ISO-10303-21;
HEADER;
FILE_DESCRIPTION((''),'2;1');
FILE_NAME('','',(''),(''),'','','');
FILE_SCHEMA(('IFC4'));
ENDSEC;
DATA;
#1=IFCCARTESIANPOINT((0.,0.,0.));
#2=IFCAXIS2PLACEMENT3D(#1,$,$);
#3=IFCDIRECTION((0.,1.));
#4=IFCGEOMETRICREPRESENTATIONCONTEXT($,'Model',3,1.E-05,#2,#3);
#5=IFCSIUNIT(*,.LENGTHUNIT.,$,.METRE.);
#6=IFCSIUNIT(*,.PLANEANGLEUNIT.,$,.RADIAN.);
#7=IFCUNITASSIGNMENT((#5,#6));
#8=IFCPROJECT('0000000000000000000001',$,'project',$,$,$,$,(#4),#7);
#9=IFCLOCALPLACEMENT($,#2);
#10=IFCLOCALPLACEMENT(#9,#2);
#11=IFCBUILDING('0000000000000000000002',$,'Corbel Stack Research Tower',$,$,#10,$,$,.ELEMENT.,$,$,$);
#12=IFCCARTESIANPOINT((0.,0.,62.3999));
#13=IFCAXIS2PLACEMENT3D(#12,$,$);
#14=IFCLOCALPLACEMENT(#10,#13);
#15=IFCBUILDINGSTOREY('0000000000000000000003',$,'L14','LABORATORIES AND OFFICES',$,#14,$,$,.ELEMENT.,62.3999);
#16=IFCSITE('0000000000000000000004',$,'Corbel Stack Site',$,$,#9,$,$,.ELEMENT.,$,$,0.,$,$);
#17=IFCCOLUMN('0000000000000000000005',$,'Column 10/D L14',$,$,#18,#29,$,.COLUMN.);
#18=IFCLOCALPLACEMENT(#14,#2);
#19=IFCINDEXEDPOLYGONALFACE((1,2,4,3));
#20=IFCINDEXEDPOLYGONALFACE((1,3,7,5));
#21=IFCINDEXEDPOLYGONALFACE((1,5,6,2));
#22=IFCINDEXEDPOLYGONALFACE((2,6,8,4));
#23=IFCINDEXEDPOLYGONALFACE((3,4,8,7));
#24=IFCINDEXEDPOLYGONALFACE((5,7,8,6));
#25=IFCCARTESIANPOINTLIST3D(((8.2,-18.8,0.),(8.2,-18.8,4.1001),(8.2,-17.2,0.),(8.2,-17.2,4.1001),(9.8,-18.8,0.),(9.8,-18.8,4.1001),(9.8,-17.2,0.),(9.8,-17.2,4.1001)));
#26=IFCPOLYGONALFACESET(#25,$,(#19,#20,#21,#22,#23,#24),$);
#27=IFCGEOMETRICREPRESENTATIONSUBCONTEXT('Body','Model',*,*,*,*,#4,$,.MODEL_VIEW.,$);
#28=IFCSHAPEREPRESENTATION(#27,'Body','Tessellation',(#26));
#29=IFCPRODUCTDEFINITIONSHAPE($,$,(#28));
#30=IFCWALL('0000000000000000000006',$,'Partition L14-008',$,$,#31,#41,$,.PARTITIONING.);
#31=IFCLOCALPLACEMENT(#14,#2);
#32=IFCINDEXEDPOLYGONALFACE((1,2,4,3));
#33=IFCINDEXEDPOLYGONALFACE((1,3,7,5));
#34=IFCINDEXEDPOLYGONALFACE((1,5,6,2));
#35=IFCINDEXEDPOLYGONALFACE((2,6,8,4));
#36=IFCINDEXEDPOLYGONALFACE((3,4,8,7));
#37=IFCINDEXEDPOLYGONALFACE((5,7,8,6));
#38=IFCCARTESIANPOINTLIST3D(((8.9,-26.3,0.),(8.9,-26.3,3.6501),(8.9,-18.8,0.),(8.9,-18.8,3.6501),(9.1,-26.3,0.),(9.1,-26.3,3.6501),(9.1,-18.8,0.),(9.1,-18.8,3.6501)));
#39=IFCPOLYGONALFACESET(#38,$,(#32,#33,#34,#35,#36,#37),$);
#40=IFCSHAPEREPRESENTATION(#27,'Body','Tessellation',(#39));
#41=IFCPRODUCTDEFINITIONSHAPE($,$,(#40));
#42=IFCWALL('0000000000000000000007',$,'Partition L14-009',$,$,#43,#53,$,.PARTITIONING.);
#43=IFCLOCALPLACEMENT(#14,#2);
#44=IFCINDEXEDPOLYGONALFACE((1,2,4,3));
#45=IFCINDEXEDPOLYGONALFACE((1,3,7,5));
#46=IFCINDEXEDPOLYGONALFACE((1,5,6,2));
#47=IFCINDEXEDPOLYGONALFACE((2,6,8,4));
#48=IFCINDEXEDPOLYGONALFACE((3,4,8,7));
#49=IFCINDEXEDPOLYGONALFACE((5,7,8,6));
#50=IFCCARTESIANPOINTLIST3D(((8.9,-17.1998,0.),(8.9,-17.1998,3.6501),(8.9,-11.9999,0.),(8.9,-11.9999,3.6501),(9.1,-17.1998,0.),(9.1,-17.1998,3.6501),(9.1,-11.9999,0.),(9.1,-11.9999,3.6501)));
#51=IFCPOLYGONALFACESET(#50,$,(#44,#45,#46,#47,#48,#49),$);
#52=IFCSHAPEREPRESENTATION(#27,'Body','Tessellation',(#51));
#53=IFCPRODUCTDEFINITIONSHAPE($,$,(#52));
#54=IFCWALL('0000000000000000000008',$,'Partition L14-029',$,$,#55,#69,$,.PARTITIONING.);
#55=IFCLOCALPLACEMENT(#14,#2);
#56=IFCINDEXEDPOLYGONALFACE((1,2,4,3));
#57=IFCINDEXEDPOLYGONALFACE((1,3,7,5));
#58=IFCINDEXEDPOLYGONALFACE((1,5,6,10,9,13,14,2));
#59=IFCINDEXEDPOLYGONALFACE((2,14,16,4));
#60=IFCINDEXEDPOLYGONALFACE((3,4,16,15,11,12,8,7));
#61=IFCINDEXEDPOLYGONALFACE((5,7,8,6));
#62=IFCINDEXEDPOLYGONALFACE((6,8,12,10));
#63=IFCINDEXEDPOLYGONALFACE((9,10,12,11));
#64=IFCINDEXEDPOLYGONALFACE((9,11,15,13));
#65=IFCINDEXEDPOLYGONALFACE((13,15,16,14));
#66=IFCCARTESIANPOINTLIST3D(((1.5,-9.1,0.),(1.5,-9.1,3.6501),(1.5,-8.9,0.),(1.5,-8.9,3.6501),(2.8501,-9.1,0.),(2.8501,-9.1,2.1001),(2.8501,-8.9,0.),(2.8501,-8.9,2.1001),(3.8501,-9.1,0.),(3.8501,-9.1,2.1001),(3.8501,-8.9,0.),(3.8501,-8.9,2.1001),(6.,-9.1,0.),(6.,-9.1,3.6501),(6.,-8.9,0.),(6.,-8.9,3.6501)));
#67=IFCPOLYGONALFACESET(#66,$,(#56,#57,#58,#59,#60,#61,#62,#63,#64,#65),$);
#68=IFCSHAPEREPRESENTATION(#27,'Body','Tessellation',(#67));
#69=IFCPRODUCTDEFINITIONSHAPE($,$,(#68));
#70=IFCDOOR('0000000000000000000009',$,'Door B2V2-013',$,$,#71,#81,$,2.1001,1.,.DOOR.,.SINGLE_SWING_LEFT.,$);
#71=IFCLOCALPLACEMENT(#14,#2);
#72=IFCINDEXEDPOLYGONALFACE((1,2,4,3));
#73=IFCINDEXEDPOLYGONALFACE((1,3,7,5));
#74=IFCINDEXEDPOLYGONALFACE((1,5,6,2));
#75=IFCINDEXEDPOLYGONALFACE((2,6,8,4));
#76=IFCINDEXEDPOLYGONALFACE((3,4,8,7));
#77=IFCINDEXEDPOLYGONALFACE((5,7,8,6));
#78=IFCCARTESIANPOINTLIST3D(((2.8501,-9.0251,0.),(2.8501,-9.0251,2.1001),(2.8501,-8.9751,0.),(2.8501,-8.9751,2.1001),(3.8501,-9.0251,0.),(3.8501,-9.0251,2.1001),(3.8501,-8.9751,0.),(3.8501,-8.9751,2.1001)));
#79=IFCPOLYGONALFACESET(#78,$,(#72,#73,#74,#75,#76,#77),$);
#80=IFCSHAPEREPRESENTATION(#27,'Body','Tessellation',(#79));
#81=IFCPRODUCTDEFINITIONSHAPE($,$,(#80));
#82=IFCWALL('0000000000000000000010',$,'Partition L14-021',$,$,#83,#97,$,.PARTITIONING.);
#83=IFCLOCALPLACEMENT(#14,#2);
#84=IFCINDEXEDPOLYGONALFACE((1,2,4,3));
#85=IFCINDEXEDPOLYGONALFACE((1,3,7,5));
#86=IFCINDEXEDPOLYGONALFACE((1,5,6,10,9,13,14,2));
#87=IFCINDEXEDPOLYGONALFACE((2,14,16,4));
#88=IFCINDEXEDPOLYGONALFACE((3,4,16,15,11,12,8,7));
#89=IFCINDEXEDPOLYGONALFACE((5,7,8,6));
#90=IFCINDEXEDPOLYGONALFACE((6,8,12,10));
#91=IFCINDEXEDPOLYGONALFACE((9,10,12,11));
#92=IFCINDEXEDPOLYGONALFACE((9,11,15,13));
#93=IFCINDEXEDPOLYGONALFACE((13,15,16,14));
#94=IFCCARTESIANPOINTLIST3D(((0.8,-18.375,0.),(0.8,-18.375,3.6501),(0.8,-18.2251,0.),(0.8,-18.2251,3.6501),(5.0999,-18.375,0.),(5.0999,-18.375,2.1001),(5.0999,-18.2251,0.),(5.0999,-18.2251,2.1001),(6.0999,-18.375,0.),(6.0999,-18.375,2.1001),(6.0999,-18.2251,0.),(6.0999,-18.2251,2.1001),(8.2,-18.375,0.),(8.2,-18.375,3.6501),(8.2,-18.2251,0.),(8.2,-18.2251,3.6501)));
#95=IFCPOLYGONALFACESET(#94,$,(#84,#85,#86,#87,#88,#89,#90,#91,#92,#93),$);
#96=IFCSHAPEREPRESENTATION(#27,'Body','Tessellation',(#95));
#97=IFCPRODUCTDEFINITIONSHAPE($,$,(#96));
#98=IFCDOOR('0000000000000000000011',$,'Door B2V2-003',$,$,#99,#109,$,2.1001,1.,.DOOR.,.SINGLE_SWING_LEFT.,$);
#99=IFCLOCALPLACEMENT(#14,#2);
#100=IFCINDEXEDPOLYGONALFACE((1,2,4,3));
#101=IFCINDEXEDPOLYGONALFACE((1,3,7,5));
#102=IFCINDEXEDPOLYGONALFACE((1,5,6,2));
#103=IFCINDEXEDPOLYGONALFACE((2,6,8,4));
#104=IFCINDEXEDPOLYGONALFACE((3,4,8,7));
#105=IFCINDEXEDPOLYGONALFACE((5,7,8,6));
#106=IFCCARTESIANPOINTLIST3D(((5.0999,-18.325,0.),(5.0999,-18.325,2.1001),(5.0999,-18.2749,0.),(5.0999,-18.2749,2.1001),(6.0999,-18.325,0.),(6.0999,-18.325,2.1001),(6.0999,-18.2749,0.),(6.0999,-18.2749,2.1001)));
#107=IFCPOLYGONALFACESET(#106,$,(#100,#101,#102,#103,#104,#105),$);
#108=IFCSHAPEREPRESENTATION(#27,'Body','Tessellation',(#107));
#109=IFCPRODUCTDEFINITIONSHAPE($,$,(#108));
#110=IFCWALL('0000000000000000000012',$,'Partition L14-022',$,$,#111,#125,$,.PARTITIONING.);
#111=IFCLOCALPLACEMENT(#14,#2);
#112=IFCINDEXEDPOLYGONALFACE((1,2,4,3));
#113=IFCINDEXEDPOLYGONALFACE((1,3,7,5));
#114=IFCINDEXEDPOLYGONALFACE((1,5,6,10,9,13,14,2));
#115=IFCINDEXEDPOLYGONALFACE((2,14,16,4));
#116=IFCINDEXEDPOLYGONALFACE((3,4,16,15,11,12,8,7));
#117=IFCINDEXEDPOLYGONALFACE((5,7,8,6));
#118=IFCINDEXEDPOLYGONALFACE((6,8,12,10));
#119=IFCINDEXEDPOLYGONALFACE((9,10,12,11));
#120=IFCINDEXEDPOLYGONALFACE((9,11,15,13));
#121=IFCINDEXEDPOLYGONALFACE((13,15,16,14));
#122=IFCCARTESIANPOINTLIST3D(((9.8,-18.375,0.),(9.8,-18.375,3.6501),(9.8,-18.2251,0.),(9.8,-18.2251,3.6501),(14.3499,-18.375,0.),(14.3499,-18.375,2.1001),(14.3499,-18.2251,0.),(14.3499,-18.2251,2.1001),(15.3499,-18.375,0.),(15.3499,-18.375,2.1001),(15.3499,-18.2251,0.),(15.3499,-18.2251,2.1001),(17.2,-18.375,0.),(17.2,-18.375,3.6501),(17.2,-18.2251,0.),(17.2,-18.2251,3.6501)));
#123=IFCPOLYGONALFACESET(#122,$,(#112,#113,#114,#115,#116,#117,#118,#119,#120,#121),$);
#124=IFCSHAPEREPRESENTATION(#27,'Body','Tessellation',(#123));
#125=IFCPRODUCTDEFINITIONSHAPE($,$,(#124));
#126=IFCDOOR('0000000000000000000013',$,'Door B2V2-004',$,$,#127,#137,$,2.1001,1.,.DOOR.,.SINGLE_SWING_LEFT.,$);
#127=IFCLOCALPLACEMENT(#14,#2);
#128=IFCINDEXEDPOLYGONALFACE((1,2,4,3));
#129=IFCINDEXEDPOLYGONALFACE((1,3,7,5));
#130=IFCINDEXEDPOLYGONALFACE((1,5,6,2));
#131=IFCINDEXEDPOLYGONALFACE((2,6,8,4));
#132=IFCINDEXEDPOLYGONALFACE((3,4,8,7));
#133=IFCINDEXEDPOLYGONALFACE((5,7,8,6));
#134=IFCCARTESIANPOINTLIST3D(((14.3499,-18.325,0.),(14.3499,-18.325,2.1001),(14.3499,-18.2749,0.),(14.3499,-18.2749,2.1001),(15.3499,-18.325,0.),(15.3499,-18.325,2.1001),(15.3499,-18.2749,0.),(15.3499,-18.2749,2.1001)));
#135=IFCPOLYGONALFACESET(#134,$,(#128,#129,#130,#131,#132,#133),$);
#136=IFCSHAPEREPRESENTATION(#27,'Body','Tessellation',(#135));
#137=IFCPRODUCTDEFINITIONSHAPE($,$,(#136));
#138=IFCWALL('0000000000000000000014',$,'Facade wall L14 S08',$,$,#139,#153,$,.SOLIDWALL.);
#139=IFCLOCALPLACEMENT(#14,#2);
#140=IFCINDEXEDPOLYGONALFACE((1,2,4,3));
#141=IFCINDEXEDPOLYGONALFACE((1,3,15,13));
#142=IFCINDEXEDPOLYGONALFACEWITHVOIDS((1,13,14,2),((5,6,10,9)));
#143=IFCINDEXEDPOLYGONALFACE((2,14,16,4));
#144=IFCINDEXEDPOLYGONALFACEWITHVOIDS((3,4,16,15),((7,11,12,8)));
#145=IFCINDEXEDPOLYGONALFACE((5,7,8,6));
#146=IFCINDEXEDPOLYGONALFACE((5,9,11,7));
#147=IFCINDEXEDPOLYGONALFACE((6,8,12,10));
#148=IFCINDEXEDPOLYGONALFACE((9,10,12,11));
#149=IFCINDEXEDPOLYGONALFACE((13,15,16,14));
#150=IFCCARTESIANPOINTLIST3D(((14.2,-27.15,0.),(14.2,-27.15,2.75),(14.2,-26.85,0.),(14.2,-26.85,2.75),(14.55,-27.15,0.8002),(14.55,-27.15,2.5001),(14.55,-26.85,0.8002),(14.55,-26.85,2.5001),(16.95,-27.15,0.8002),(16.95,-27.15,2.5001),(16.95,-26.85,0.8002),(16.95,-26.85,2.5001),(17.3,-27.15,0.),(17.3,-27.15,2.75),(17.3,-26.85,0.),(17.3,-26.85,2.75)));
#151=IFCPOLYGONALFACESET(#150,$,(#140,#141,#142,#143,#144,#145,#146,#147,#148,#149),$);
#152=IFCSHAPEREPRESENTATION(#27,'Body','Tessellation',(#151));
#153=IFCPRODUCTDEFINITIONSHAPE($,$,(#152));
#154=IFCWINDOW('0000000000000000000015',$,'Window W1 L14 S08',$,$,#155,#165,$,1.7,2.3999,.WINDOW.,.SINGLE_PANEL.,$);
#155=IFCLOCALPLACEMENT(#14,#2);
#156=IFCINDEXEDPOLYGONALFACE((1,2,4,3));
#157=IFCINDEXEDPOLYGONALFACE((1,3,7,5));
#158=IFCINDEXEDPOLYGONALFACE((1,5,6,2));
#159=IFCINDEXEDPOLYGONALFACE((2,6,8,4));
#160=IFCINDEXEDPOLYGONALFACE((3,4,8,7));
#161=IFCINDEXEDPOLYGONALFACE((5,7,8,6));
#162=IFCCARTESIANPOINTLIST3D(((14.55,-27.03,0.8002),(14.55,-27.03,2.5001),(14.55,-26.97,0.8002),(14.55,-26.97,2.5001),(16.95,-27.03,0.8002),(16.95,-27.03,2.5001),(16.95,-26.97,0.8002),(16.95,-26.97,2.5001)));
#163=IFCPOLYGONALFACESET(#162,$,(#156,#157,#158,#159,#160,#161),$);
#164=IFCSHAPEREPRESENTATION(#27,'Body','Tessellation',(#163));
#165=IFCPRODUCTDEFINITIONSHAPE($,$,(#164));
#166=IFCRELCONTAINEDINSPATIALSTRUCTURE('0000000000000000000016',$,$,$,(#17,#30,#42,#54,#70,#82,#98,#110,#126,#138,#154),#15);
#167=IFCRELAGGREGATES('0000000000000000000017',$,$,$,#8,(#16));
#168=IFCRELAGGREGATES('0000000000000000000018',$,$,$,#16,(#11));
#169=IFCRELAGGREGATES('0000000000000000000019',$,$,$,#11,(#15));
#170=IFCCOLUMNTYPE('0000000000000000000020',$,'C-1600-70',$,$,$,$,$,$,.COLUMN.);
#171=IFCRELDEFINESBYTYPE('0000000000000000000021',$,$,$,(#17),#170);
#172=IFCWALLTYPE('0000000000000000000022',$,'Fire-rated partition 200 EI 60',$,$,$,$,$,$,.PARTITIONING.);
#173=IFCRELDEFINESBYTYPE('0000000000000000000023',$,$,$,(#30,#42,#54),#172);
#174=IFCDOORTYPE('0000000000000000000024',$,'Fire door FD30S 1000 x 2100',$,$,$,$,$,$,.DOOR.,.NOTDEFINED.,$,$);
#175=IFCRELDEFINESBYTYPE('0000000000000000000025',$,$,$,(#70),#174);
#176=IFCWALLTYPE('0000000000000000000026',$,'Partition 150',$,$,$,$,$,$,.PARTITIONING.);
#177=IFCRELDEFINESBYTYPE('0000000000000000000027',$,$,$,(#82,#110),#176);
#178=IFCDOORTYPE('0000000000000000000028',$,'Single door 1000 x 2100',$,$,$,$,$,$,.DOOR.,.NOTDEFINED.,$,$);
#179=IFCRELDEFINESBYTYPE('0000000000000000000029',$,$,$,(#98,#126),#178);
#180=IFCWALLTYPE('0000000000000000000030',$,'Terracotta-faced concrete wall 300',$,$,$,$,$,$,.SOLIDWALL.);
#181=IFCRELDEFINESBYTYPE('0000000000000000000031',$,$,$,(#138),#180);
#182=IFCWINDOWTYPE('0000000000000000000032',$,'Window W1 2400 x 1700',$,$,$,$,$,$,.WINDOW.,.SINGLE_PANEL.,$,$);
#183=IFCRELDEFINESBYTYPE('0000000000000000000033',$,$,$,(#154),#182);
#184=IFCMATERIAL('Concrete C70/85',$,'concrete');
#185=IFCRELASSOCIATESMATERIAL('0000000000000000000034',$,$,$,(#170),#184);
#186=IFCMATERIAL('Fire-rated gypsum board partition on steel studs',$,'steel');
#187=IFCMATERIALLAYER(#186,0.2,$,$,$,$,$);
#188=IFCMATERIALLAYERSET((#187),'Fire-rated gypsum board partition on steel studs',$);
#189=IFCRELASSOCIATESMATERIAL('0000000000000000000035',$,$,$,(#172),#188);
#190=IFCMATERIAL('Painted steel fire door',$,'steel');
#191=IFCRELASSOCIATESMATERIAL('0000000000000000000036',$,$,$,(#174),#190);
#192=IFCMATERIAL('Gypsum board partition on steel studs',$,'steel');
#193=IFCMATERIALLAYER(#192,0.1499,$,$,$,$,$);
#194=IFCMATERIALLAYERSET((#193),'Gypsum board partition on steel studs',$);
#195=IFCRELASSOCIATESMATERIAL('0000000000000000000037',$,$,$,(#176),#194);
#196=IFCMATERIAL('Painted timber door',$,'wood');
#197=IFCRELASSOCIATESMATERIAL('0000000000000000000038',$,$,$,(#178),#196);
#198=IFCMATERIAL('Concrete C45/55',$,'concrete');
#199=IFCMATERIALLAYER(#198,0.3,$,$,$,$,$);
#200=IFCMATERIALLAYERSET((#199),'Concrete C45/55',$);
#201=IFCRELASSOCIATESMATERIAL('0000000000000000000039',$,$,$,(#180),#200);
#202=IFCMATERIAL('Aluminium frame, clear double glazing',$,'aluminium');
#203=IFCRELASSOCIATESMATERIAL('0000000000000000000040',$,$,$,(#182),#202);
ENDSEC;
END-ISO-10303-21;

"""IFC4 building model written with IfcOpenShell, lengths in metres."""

from ifc_helpers import new_model, si_unit, direction, frame, frame_2d, origin, origin_2d, place, context, subcontext, project, spatial, rectangle, extrude, material, layer, layer_set, material_profile, profile_set, type_object, element, fill, save


model = new_model("IFC4")

# Units and contexts
model_context = context("Model", 3, precision=1e-05, world=origin(), true_north=direction((0.0, 1.0)))
body_context = subcontext(model_context, "Body", "Model", "MODEL_VIEW")
ifc_project = project(units=[si_unit("LENGTHUNIT", "METRE"), si_unit("PLANEANGLEUNIT", "RADIAN")], contexts=[model_context])

# Site, building, storey
site_placement = place(None, origin())
site = spatial("IfcSite", under=ifc_project, at=site_placement, Name="Corbel Stack Site", CompositionType="ELEMENT", RefElevation=0.0)
building_placement = place(site_placement, origin())
building = spatial("IfcBuilding", under=site, at=building_placement, Name="Corbel Stack Research Tower", CompositionType="ELEMENT")
storey_placement = place(building_placement, frame((0.0, 0.0, 62.3999)))
storey = spatial("IfcBuildingStorey", under=building, at=storey_placement, Name="L14", Description="LABORATORIES AND OFFICES", CompositionType="ELEMENT", Elevation=62.3999)

# Column
ifc_material_1 = material(Name="Concrete C70/85", Category="concrete")
ifc_material_profile = material_profile(ifc_material_1, rectangle(XDim=1.6001, YDim=1.6001, at=origin_2d()), Name="RC 1600 x 1600")
ifc_profile_set = profile_set([ifc_material_profile], Name="Concrete C70/85")
column_type = type_object("IfcColumnType", Name="C-1600-70", PredefinedType="COLUMN", material=ifc_profile_set)
column_placement = place(storey_placement, frame((9.0, -18.0, 0.0), z_axis=(0.0, 0.0, 1.0), x_axis=(1.0, 0.0, 0.0)))
element("IfcColumn", 1, at=column_placement, inside=storey, type_object=column_type, Name="Column 10/D L14", PredefinedType="COLUMN", context=body_context, shape_type="SweptSolid", body=[
    extrude(rectangle(XDim=1.6001, YDim=1.6001, at=origin_2d()), origin(), (0.0, 0.0, 1.0), 4.1001),
])

# Walls
ifc_material_2 = material(Name="Fire-rated gypsum board partition on steel studs", Category="steel")
ifc_layer_1 = layer(ifc_material_2, 0.2)
ifc_layer_set_1 = layer_set([ifc_layer_1], Name="Fire-rated gypsum board partition on steel studs")
wall_type_1 = type_object("IfcWallType", Name="Fire-rated partition 200 EI 60", PredefinedType="PARTITIONING", material=ifc_layer_set_1)
wall_1_placement = place(storey_placement, frame((9.0, -26.3, 0.0), z_axis=(0.0, 0.0, 1.0), x_axis=(0.0, 1.0, 0.0)))
element("IfcWall", 2, at=wall_1_placement, inside=storey, type_object=wall_type_1, Name="Partition L14-008", PredefinedType="PARTITIONING", context=body_context, shape_type="SweptSolid", body=[
    extrude(rectangle(XDim=7.5, YDim=0.2, at=frame_2d((3.75, 0.0))), origin(), (0.0, 0.0, 1.0), 3.6501),
])
wall_2_placement = place(storey_placement, frame((9.0, -17.2, 0.0), z_axis=(0.0, 0.0, 1.0), x_axis=(0.0, 1.0, 0.0)))
element("IfcWall", 3, at=wall_2_placement, inside=storey, type_object=wall_type_1, Name="Partition L14-009", PredefinedType="PARTITIONING", context=body_context, shape_type="SweptSolid", body=[
    extrude(rectangle(XDim=5.2, YDim=0.2, at=frame_2d((2.6001, 0.0))), origin(), (0.0, 0.0, 1.0), 3.6501),
])

# Walls, openings, doors
wall_3_placement = place(storey_placement, frame((1.5, -9.0, 0.0), z_axis=(0.0, 0.0, 1.0), x_axis=(1.0, 0.0, 0.0)))
wall_3 = element("IfcWall", 4, at=wall_3_placement, inside=storey, type_object=wall_type_1, Name="Partition L14-029", PredefinedType="PARTITIONING", context=body_context, shape_type="SweptSolid", body=[
    extrude(rectangle(XDim=4.5, YDim=0.2, at=frame_2d((2.25, 0.0))), origin(), (0.0, 0.0, 1.0), 3.6501),
])
opening_1_placement = place(wall_3_placement, frame((1.3501, 0.0, 0.0)))
opening_1 = element("IfcOpeningElement", 5, at=opening_1_placement, cuts=wall_3, PredefinedType="OPENING", context=body_context, shape_type="SweptSolid", body=[
    extrude(rectangle(XDim=1.0, YDim=2.1001, at=frame_2d((0.5, 1.05))), frame((0.0, 0.1099, 0.0), z_axis=(0.0, -1.0, 0.0), x_axis=(1.0, 0.0, 0.0)), (0.0, 0.0, 1.0), 0.22),
])
ifc_material_3 = material(Name="Painted steel fire door", Category="steel")
door_type_1 = type_object("IfcDoorType", Name="Fire door FD30S 1000 x 2100", OperationType="NOTDEFINED", PredefinedType="DOOR", material=ifc_material_3)
door_1_placement = place(opening_1_placement, origin())
door_1 = element("IfcDoor", 6, at=door_1_placement, inside=storey, type_object=door_type_1, Name="Door B2V2-013", OperationType="SINGLE_SWING_LEFT", OverallHeight=2.1001, OverallWidth=1.0, PredefinedType="DOOR", context=body_context, shape_type="SweptSolid", body=[
    extrude(rectangle(XDim=1.0, YDim=2.1001, at=frame_2d((0.5, 1.05))), frame((0.0, 0.0249, 0.0), z_axis=(0.0, -1.0, 0.0), x_axis=(1.0, 0.0, 0.0)), (0.0, 0.0, 1.0), 0.05),
])
fill(opening_1, door_1)
ifc_material_4 = material(Name="Gypsum board partition on steel studs", Category="steel")
ifc_layer_2 = layer(ifc_material_4, 0.1499)
ifc_layer_set_2 = layer_set([ifc_layer_2], Name="Gypsum board partition on steel studs")
wall_type_2 = type_object("IfcWallType", Name="Partition 150", PredefinedType="PARTITIONING", material=ifc_layer_set_2)
wall_4_placement = place(storey_placement, frame((8.2, -18.3, 0.0), z_axis=(0.0, 0.0, 1.0), x_axis=(-1.0, 0.0, 0.0)))
wall_4 = element("IfcWall", 7, at=wall_4_placement, inside=storey, type_object=wall_type_2, Name="Partition L14-021", PredefinedType="PARTITIONING", context=body_context, shape_type="SweptSolid", body=[
    extrude(rectangle(XDim=7.3999, YDim=0.1499, at=frame_2d((3.7, 0.0))), origin(), (0.0, 0.0, 1.0), 3.6501),
])
opening_2_placement = place(wall_4_placement, frame((2.1001, 0.0, 0.0)))
opening_2 = element("IfcOpeningElement", 8, at=opening_2_placement, cuts=wall_4, PredefinedType="OPENING", context=body_context, shape_type="SweptSolid", body=[
    extrude(rectangle(XDim=1.0, YDim=2.1001, at=frame_2d((0.5, 1.05))), frame((0.0, 0.085, 0.0), z_axis=(0.0, -1.0, 0.0), x_axis=(1.0, 0.0, 0.0)), (0.0, 0.0, 1.0), 0.1699),
])
ifc_material_5 = material(Name="Painted timber door", Category="wood")
door_type_2 = type_object("IfcDoorType", Name="Single door 1000 x 2100", OperationType="NOTDEFINED", PredefinedType="DOOR", material=ifc_material_5)
door_2_placement = place(opening_2_placement, origin())
door_2 = element("IfcDoor", 9, at=door_2_placement, inside=storey, type_object=door_type_2, Name="Door B2V2-003", OperationType="SINGLE_SWING_LEFT", OverallHeight=2.1001, OverallWidth=1.0, PredefinedType="DOOR", context=body_context, shape_type="SweptSolid", body=[
    extrude(rectangle(XDim=1.0, YDim=2.1001, at=frame_2d((0.5, 1.05))), frame((0.0, 0.0249, 0.0), z_axis=(0.0, -1.0, 0.0), x_axis=(1.0, 0.0, 0.0)), (0.0, 0.0, 1.0), 0.05),
])
fill(opening_2, door_2)
wall_5_placement = place(storey_placement, frame((17.2, -18.3, 0.0), z_axis=(0.0, 0.0, 1.0), x_axis=(-1.0, 0.0, 0.0)))
wall_5 = element("IfcWall", 10, at=wall_5_placement, inside=storey, type_object=wall_type_2, Name="Partition L14-022", PredefinedType="PARTITIONING", context=body_context, shape_type="SweptSolid", body=[
    extrude(rectangle(XDim=7.3999, YDim=0.1499, at=frame_2d((3.7, 0.0))), origin(), (0.0, 0.0, 1.0), 3.6501),
])
opening_3_placement = place(wall_5_placement, frame((1.8501, 0.0, 0.0)))
opening_3 = element("IfcOpeningElement", 11, at=opening_3_placement, cuts=wall_5, PredefinedType="OPENING", context=body_context, shape_type="SweptSolid", body=[
    extrude(rectangle(XDim=1.0, YDim=2.1001, at=frame_2d((0.5, 1.05))), frame((0.0, 0.085, 0.0), z_axis=(0.0, -1.0, 0.0), x_axis=(1.0, 0.0, 0.0)), (0.0, 0.0, 1.0), 0.1699),
])
door_3_placement = place(opening_3_placement, origin())
door_3 = element("IfcDoor", 12, at=door_3_placement, inside=storey, type_object=door_type_2, Name="Door B2V2-004", OperationType="SINGLE_SWING_LEFT", OverallHeight=2.1001, OverallWidth=1.0, PredefinedType="DOOR", context=body_context, shape_type="SweptSolid", body=[
    extrude(rectangle(XDim=1.0, YDim=2.1001, at=frame_2d((0.5, 1.05))), frame((0.0, 0.0249, 0.0), z_axis=(0.0, -1.0, 0.0), x_axis=(1.0, 0.0, 0.0)), (0.0, 0.0, 1.0), 0.05),
])
fill(opening_3, door_3)

# Wall, opening, window
ifc_material_6 = material(Name="Concrete C45/55", Category="concrete")
ifc_layer_3 = layer(ifc_material_6, 0.3)
ifc_layer_set_3 = layer_set([ifc_layer_3], Name="Concrete C45/55")
wall_type_3 = type_object("IfcWallType", Name="Terracotta-faced concrete wall 300", PredefinedType="SOLIDWALL", material=ifc_layer_set_3)
wall_6_placement = place(storey_placement, frame((17.3, -27.0, 0.0), z_axis=(0.0, 0.0, 1.0), x_axis=(-1.0, 0.0, 0.0)))
wall_6 = element("IfcWall", 13, at=wall_6_placement, inside=storey, type_object=wall_type_3, Name="Facade wall L14 S08", PredefinedType="SOLIDWALL", context=body_context, shape_type="SweptSolid", body=[
    extrude(rectangle(XDim=3.1001, YDim=0.3, at=frame_2d((1.55, 0.0))), origin(), (0.0, 0.0, 1.0), 2.75),
])
opening_4_placement = place(wall_6_placement, frame((0.3501, 0.0, 0.8)))
opening_4 = element("IfcOpeningElement", 14, at=opening_4_placement, cuts=wall_6, PredefinedType="OPENING", context=body_context, shape_type="SweptSolid", body=[
    extrude(rectangle(XDim=2.3999, YDim=1.7, at=frame_2d((1.2, 0.8501))), frame((0.0, 0.1599, 0.0), z_axis=(0.0, -1.0, 0.0), x_axis=(1.0, 0.0, 0.0)), (0.0, 0.0, 1.0), 0.3201),
])
ifc_material_7 = material(Name="Aluminium frame, clear double glazing", Category="aluminium")
window_type = type_object("IfcWindowType", Name="Window W1 2400 x 1700", PartitioningType="SINGLE_PANEL", PredefinedType="WINDOW", material=ifc_material_7)
window_placement = place(opening_4_placement, origin())
window = element("IfcWindow", 15, at=window_placement, inside=storey, type_object=window_type, Name="Window W1 L14 S08", OverallHeight=1.7, OverallWidth=2.3999, PartitioningType="SINGLE_PANEL", PredefinedType="WINDOW", context=body_context, shape_type="SweptSolid", body=[
    extrude(rectangle(XDim=2.3999, YDim=1.7, at=frame_2d((1.2, 0.8501))), frame((0.0, 0.03, 0.0), z_axis=(0.0, -1.0, 0.0), x_axis=(1.0, 0.0, 0.0)), (0.0, 0.0, 1.0), 0.0601),
])
fill(opening_4, window)

save(model, "model.ifc")
